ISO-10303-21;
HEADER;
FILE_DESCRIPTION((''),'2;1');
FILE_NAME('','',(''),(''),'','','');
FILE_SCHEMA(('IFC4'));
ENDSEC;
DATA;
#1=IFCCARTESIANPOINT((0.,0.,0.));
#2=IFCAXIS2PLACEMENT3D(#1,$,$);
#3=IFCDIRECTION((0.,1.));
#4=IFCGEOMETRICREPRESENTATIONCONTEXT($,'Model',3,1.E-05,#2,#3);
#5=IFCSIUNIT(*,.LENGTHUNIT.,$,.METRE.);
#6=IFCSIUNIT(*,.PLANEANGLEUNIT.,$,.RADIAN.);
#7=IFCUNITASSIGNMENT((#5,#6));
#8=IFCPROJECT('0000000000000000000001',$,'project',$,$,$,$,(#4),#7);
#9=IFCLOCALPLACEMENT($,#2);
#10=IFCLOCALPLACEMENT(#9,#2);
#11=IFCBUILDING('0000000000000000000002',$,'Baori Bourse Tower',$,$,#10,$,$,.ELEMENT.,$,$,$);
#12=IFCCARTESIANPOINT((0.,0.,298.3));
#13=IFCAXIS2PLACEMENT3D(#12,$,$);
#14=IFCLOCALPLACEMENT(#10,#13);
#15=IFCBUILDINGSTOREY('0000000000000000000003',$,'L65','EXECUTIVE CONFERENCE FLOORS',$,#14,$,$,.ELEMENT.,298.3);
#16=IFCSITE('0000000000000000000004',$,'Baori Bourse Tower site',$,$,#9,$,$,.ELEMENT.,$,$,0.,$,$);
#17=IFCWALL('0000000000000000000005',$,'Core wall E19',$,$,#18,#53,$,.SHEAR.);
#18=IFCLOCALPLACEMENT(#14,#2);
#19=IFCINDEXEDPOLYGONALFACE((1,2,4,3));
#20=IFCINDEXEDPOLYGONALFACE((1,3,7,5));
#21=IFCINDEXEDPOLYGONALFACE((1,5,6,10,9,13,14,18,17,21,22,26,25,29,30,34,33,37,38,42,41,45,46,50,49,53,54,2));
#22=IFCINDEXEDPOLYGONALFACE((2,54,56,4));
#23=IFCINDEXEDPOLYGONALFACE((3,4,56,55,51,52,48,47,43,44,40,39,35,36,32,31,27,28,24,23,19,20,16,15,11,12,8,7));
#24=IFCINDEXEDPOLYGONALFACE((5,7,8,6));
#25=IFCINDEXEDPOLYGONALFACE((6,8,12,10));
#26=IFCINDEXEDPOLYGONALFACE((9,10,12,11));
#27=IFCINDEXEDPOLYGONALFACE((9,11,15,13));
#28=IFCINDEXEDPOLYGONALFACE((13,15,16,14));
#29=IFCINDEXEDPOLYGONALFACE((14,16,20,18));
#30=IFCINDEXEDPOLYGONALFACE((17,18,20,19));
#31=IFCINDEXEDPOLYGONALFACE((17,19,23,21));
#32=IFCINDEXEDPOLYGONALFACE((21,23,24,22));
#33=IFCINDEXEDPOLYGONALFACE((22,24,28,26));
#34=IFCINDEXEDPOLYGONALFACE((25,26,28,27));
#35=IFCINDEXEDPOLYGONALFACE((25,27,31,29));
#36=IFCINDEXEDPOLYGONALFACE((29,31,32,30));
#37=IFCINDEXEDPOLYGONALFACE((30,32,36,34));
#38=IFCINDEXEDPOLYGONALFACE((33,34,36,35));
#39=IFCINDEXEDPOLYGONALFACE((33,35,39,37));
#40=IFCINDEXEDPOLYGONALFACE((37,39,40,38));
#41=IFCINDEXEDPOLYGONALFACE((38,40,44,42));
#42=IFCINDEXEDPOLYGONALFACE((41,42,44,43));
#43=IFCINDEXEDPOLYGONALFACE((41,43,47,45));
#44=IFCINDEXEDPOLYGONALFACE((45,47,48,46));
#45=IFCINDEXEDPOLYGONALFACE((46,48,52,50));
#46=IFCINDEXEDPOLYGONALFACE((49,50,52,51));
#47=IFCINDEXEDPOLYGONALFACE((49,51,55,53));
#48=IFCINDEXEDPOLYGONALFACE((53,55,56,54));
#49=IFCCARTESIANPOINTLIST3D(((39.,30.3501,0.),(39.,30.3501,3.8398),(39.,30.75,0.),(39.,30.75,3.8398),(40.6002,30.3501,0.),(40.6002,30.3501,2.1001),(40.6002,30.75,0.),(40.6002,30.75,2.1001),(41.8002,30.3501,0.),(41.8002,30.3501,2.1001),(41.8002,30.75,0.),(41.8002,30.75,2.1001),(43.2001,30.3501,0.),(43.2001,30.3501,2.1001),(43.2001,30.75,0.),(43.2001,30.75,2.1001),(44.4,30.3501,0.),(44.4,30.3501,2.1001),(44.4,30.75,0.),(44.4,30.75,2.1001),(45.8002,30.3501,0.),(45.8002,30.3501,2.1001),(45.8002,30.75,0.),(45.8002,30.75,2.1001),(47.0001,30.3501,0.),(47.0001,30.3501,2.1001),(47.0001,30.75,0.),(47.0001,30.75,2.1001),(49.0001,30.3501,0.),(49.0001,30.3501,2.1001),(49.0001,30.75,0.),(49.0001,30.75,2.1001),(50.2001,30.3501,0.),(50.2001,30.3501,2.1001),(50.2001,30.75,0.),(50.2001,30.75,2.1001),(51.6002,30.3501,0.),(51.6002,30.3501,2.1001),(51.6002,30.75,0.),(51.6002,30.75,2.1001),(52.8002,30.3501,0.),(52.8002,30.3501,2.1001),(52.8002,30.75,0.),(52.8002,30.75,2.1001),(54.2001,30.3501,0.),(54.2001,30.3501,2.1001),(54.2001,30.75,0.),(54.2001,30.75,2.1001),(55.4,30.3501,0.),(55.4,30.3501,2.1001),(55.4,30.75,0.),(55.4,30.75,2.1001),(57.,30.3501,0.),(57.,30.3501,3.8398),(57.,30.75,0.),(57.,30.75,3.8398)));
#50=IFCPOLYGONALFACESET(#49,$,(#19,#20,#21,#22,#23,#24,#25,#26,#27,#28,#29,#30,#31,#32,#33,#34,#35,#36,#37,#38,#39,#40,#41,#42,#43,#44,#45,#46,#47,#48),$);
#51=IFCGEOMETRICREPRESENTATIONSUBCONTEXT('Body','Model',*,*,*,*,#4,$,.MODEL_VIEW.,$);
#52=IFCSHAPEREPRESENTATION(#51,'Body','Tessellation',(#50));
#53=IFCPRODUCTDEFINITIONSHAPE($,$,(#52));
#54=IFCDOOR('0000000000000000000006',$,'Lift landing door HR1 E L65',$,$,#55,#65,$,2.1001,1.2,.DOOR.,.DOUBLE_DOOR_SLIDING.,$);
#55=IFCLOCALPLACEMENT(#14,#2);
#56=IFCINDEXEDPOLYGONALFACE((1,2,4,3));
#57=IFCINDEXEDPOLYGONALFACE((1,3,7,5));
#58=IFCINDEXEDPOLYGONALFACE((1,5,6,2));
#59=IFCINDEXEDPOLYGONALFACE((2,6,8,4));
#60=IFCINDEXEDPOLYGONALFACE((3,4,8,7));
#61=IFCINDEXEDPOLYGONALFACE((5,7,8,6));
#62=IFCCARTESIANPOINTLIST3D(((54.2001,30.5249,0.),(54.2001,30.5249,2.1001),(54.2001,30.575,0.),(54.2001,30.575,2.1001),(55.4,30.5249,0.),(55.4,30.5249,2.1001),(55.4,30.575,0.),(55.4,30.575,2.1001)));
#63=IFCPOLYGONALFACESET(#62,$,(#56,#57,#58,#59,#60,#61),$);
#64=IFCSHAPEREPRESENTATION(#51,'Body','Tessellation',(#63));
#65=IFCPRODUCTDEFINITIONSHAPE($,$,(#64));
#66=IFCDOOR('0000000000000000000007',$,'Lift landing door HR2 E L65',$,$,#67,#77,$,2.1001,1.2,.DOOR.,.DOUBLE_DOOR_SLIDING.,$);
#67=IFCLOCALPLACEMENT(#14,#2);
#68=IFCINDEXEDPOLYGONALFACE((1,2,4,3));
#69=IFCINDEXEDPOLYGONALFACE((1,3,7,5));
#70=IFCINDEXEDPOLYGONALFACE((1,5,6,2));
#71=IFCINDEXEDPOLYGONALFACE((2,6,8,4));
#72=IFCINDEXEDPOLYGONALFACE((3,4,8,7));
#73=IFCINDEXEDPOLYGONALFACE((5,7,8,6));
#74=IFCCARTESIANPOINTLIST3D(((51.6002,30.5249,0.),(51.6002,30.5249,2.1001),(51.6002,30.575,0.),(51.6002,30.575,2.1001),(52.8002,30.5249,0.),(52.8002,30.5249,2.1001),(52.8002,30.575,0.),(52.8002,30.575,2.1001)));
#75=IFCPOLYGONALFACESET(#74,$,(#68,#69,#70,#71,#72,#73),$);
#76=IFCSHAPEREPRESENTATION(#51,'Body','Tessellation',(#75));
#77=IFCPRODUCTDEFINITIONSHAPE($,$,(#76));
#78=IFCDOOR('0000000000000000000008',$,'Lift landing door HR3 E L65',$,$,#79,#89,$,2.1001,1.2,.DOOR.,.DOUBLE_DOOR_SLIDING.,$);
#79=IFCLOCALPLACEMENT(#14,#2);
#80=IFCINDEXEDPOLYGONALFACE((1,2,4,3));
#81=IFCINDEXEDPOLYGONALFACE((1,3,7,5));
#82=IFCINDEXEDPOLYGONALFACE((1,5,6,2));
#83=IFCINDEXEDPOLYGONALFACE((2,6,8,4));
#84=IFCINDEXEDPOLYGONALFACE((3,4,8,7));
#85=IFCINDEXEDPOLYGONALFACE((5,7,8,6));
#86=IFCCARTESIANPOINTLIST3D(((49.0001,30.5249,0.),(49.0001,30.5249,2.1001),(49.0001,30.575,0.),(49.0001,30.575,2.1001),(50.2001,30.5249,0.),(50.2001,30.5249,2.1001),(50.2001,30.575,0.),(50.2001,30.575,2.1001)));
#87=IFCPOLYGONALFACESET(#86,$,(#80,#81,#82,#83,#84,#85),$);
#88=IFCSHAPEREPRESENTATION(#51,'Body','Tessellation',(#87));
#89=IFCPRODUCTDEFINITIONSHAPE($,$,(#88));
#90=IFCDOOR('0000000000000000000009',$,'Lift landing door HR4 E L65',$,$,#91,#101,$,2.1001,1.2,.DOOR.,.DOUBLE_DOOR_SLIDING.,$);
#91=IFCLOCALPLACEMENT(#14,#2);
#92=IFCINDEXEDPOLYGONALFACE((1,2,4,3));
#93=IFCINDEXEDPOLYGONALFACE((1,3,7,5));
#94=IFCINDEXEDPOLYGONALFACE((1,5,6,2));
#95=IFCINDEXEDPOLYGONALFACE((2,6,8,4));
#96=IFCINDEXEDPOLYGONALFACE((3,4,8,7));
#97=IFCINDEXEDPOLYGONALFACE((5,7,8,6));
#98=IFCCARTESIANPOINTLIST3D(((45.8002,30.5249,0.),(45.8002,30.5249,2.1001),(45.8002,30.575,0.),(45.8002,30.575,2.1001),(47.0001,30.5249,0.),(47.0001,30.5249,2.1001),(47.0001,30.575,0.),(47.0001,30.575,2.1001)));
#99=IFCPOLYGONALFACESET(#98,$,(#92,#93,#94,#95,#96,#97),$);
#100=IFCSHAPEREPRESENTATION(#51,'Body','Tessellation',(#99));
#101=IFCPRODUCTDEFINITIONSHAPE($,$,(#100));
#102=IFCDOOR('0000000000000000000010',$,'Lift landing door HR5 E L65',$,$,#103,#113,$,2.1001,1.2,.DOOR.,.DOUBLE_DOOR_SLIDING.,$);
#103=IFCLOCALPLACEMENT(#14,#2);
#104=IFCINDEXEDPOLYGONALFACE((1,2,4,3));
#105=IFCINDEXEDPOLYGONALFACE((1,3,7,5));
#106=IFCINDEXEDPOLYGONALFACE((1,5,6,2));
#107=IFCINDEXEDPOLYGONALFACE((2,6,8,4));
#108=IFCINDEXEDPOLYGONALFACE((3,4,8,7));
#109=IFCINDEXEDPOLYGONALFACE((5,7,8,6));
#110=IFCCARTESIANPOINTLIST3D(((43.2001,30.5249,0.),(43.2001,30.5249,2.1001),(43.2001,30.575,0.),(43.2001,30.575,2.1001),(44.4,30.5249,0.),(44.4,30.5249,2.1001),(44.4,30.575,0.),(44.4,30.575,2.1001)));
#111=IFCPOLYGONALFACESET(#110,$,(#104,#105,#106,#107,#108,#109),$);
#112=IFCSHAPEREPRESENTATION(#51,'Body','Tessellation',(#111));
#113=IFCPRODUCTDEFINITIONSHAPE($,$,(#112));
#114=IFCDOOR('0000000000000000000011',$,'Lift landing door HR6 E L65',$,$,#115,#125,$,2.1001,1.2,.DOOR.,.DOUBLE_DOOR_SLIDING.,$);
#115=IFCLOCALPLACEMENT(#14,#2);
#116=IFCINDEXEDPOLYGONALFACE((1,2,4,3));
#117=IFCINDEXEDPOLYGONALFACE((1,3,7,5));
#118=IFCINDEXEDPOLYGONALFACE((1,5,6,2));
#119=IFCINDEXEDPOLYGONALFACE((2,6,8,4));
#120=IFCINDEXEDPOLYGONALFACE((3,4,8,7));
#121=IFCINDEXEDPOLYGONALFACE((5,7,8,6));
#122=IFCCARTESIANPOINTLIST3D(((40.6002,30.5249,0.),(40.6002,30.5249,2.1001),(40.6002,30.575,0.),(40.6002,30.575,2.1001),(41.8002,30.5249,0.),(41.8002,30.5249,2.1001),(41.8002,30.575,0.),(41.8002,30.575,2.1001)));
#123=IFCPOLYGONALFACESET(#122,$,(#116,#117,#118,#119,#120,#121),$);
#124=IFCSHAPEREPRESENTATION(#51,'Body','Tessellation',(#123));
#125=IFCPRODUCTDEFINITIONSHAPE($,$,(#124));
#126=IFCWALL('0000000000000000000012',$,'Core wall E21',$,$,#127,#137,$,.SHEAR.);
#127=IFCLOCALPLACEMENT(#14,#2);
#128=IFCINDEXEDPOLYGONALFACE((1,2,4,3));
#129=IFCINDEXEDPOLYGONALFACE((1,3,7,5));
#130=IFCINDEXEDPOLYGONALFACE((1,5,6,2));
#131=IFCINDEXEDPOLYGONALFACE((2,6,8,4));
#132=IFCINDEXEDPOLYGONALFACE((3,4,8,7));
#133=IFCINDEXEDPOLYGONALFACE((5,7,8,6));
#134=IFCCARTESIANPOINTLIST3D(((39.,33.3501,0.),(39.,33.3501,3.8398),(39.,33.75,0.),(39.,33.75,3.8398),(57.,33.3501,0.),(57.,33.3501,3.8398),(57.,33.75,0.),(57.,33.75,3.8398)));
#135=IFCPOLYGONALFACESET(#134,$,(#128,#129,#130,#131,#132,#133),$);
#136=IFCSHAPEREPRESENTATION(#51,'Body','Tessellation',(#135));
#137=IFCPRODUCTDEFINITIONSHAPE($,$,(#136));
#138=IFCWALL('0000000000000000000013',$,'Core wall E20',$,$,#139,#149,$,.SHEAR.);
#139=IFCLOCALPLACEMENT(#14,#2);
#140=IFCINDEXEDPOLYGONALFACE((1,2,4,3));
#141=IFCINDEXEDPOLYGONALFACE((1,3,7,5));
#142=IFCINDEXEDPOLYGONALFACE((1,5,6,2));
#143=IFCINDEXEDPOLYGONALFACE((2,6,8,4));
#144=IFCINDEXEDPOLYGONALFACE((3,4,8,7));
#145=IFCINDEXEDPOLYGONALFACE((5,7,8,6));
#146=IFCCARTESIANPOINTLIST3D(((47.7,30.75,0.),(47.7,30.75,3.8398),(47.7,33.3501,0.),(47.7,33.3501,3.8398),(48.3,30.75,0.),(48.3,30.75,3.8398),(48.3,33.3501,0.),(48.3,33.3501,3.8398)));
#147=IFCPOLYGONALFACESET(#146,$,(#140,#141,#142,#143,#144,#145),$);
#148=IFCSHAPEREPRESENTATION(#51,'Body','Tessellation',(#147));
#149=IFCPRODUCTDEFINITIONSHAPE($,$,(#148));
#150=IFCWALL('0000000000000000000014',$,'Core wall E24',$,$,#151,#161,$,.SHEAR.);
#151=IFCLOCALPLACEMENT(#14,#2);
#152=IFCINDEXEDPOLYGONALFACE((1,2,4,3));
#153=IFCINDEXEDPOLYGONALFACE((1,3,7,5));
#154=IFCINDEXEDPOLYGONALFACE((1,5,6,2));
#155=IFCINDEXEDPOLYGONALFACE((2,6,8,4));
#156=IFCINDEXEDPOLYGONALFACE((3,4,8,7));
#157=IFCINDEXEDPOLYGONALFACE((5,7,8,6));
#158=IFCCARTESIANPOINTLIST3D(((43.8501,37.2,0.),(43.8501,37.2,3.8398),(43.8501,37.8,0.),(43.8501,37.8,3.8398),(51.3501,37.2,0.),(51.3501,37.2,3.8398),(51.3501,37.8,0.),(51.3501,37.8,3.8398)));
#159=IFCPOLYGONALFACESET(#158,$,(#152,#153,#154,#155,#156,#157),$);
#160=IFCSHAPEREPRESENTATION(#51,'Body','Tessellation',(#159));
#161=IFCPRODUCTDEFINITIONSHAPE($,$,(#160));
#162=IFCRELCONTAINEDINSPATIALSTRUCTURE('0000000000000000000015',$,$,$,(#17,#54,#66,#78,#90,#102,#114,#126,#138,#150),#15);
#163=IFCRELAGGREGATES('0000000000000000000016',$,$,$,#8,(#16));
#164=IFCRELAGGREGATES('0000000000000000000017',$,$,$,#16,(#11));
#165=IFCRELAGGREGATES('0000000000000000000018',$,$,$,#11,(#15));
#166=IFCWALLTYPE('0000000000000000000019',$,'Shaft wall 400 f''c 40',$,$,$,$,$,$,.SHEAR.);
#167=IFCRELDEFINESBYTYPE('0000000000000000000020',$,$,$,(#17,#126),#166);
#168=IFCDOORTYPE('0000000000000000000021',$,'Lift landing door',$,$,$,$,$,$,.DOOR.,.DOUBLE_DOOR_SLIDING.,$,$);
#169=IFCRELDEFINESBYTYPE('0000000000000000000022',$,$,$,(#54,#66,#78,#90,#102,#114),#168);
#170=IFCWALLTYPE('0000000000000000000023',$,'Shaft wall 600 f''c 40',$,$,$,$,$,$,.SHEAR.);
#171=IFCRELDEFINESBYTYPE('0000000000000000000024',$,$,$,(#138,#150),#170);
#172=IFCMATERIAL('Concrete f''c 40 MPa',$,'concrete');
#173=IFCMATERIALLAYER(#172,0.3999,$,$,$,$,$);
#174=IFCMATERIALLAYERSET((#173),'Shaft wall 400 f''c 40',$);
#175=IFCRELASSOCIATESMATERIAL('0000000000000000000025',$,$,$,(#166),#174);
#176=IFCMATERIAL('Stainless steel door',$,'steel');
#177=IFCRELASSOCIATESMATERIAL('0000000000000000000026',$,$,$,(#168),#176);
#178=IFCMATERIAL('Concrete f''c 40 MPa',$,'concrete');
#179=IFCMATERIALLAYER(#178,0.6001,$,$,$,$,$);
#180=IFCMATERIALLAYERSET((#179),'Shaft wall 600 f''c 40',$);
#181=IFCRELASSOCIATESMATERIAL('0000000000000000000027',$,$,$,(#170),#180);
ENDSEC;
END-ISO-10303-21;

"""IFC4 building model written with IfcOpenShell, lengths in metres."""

from ifc_helpers import new_model, si_unit, direction, frame, frame_2d, origin, place, context, subcontext, project, spatial, rectangle, extrude, material, layer, layer_set, type_object, element, fill, save


model = new_model("IFC4")

# Units and contexts
model_context = context("Model", 3, precision=1e-05, world=origin(), true_north=direction((0.0, 1.0)))
body_context = subcontext(model_context, "Body", "Model", "MODEL_VIEW")
ifc_project = project(units=[si_unit("LENGTHUNIT", "METRE"), si_unit("PLANEANGLEUNIT", "RADIAN")], contexts=[model_context])

# Site, building, storey
site_placement = place(None, origin())
site = spatial("IfcSite", under=ifc_project, at=site_placement, Name="Baori Bourse Tower site", CompositionType="ELEMENT", RefElevation=0.0)
building_placement = place(site_placement, origin())
building = spatial("IfcBuilding", under=site, at=building_placement, Name="Baori Bourse Tower", CompositionType="ELEMENT")
storey_placement = place(building_placement, frame((0.0, 0.0, 298.3)))
storey = spatial("IfcBuildingStorey", under=building, at=storey_placement, Name="L65", Description="EXECUTIVE CONFERENCE FLOORS", CompositionType="ELEMENT", Elevation=298.3)

# Wall, openings, doors
ifc_material_1 = material(Name="Concrete f'c 40 MPa", Category="concrete")
ifc_layer_1 = layer(ifc_material_1, 0.3999)
ifc_layer_set_1 = layer_set([ifc_layer_1], Name="Shaft wall 400 f'c 40")
wall_type_1 = type_object("IfcWallType", Name="Shaft wall 400 f'c 40", PredefinedType="SHEAR", material=ifc_layer_set_1)
ifc_material_2 = material(Name="Stainless steel door", Category="steel")
door_type_1 = type_object("IfcDoorType", Name="Lift landing door", OperationType="DOUBLE_DOOR_SLIDING", PredefinedType="DOOR", material=ifc_material_2)
wall_1_placement = place(storey_placement, frame((39.0, 30.55, 0.0), z_axis=(0.0, 0.0, 1.0), x_axis=(1.0, 0.0, 0.0)))
wall_1 = element("IfcWall", 1, at=wall_1_placement, inside=storey, type_object=wall_type_1, Name="Core wall E19", PredefinedType="SHEAR", context=body_context, shape_type="SweptSolid", body=[
    extrude(rectangle(XDim=18.0, YDim=0.3999, at=frame_2d((9.0, 0.0))), origin(), (0.0, 0.0, 1.0), 3.8398),
])
opening_1_placement = place(wall_1_placement, frame((15.2, 0.0, 0.0)))
opening_1 = element("IfcOpeningElement", 2, at=opening_1_placement, cuts=wall_1, PredefinedType="OPENING", context=body_context, shape_type="SweptSolid", body=[
    extrude(rectangle(XDim=1.2, YDim=2.1001, at=frame_2d((0.6001, 1.05))), frame((0.0, 0.21, 0.0), z_axis=(0.0, -1.0, 0.0), x_axis=(1.0, 0.0, 0.0)), (0.0, 0.0, 1.0), 0.4199),
])
opening_2_placement = place(wall_1_placement, frame((12.6001, 0.0, 0.0)))
opening_2 = element("IfcOpeningElement", 3, at=opening_2_placement, cuts=wall_1, PredefinedType="OPENING", context=body_context, shape_type="SweptSolid", body=[
    extrude(rectangle(XDim=1.2, YDim=2.1001, at=frame_2d((0.6001, 1.05))), frame((0.0, 0.21, 0.0), z_axis=(0.0, -1.0, 0.0), x_axis=(1.0, 0.0, 0.0)), (0.0, 0.0, 1.0), 0.4199),
])
opening_3_placement = place(wall_1_placement, frame((10.0, 0.0, 0.0)))
opening_3 = element("IfcOpeningElement", 4, at=opening_3_placement, cuts=wall_1, PredefinedType="OPENING", context=body_context, shape_type="SweptSolid", body=[
    extrude(rectangle(XDim=1.2, YDim=2.1001, at=frame_2d((0.6001, 1.05))), frame((0.0, 0.21, 0.0), z_axis=(0.0, -1.0, 0.0), x_axis=(1.0, 0.0, 0.0)), (0.0, 0.0, 1.0), 0.4199),
])
opening_4_placement = place(wall_1_placement, frame((6.8, 0.0, 0.0)))
opening_4 = element("IfcOpeningElement", 5, at=opening_4_placement, cuts=wall_1, PredefinedType="OPENING", context=body_context, shape_type="SweptSolid", body=[
    extrude(rectangle(XDim=1.2, YDim=2.1001, at=frame_2d((0.6001, 1.05))), frame((0.0, 0.21, 0.0), z_axis=(0.0, -1.0, 0.0), x_axis=(1.0, 0.0, 0.0)), (0.0, 0.0, 1.0), 0.4199),
])
opening_5_placement = place(wall_1_placement, frame((4.2, 0.0, 0.0)))
opening_5 = element("IfcOpeningElement", 6, at=opening_5_placement, cuts=wall_1, PredefinedType="OPENING", context=body_context, shape_type="SweptSolid", body=[
    extrude(rectangle(XDim=1.2, YDim=2.1001, at=frame_2d((0.6001, 1.05))), frame((0.0, 0.21, 0.0), z_axis=(0.0, -1.0, 0.0), x_axis=(1.0, 0.0, 0.0)), (0.0, 0.0, 1.0), 0.4199),
])
opening_6_placement = place(wall_1_placement, frame((1.6001, 0.0, 0.0)))
opening_6 = element("IfcOpeningElement", 7, at=opening_6_placement, cuts=wall_1, PredefinedType="OPENING", context=body_context, shape_type="SweptSolid", body=[
    extrude(rectangle(XDim=1.2, YDim=2.1001, at=frame_2d((0.6001, 1.05))), frame((0.0, 0.21, 0.0), z_axis=(0.0, -1.0, 0.0), x_axis=(1.0, 0.0, 0.0)), (0.0, 0.0, 1.0), 0.4199),
])
door_1_placement = place(opening_1_placement, origin())
door_1 = element("IfcDoor", 8, at=door_1_placement, inside=storey, type_object=door_type_1, Name="Lift landing door HR1 E L65", OperationType="DOUBLE_DOOR_SLIDING", OverallHeight=2.1001, OverallWidth=1.2, PredefinedType="DOOR", context=body_context, shape_type="SweptSolid", body=[
    extrude(rectangle(XDim=1.2, YDim=2.1001, at=frame_2d((0.6001, 1.05))), frame((0.0, 0.0249, 0.0), z_axis=(0.0, -1.0, 0.0), x_axis=(1.0, 0.0, 0.0)), (0.0, 0.0, 1.0), 0.05),
])
fill(opening_1, door_1)
door_2_placement = place(opening_2_placement, origin())
door_2 = element("IfcDoor", 9, at=door_2_placement, inside=storey, type_object=door_type_1, Name="Lift landing door HR2 E L65", OperationType="DOUBLE_DOOR_SLIDING", OverallHeight=2.1001, OverallWidth=1.2, PredefinedType="DOOR", context=body_context, shape_type="SweptSolid", body=[
    extrude(rectangle(XDim=1.2, YDim=2.1001, at=frame_2d((0.6001, 1.05))), frame((0.0, 0.0249, 0.0), z_axis=(0.0, -1.0, 0.0), x_axis=(1.0, 0.0, 0.0)), (0.0, 0.0, 1.0), 0.05),
])
fill(opening_2, door_2)
door_3_placement = place(opening_3_placement, origin())
door_3 = element("IfcDoor", 10, at=door_3_placement, inside=storey, type_object=door_type_1, Name="Lift landing door HR3 E L65", OperationType="DOUBLE_DOOR_SLIDING", OverallHeight=2.1001, OverallWidth=1.2, PredefinedType="DOOR", context=body_context, shape_type="SweptSolid", body=[
    extrude(rectangle(XDim=1.2, YDim=2.1001, at=frame_2d((0.6001, 1.05))), frame((0.0, 0.0249, 0.0), z_axis=(0.0, -1.0, 0.0), x_axis=(1.0, 0.0, 0.0)), (0.0, 0.0, 1.0), 0.05),
])
fill(opening_3, door_3)
door_4_placement = place(opening_4_placement, origin())
door_4 = element("IfcDoor", 11, at=door_4_placement, inside=storey, type_object=door_type_1, Name="Lift landing door HR4 E L65", OperationType="DOUBLE_DOOR_SLIDING", OverallHeight=2.1001, OverallWidth=1.2, PredefinedType="DOOR", context=body_context, shape_type="SweptSolid", body=[
    extrude(rectangle(XDim=1.2, YDim=2.1001, at=frame_2d((0.6001, 1.05))), frame((0.0, 0.0249, 0.0), z_axis=(0.0, -1.0, 0.0), x_axis=(1.0, 0.0, 0.0)), (0.0, 0.0, 1.0), 0.05),
])
fill(opening_4, door_4)
door_5_placement = place(opening_5_placement, origin())
door_5 = element("IfcDoor", 12, at=door_5_placement, inside=storey, type_object=door_type_1, Name="Lift landing door HR5 E L65", OperationType="DOUBLE_DOOR_SLIDING", OverallHeight=2.1001, OverallWidth=1.2, PredefinedType="DOOR", context=body_context, shape_type="SweptSolid", body=[
    extrude(rectangle(XDim=1.2, YDim=2.1001, at=frame_2d((0.6001, 1.05))), frame((0.0, 0.0249, 0.0), z_axis=(0.0, -1.0, 0.0), x_axis=(1.0, 0.0, 0.0)), (0.0, 0.0, 1.0), 0.05),
])
fill(opening_5, door_5)
door_6_placement = place(opening_6_placement, origin())
door_6 = element("IfcDoor", 13, at=door_6_placement, inside=storey, type_object=door_type_1, Name="Lift landing door HR6 E L65", OperationType="DOUBLE_DOOR_SLIDING", OverallHeight=2.1001, OverallWidth=1.2, PredefinedType="DOOR", context=body_context, shape_type="SweptSolid", body=[
    extrude(rectangle(XDim=1.2, YDim=2.1001, at=frame_2d((0.6001, 1.05))), frame((0.0, 0.0249, 0.0), z_axis=(0.0, -1.0, 0.0), x_axis=(1.0, 0.0, 0.0)), (0.0, 0.0, 1.0), 0.05),
])
fill(opening_6, door_6)

# Walls
wall_2_placement = place(storey_placement, frame((39.0, 33.55, 0.0), z_axis=(0.0, 0.0, 1.0), x_axis=(1.0, 0.0, 0.0)))
element("IfcWall", 14, at=wall_2_placement, inside=storey, type_object=wall_type_1, Name="Core wall E21", PredefinedType="SHEAR", context=body_context, shape_type="SweptSolid", body=[
    extrude(rectangle(XDim=18.0, YDim=0.3999, at=frame_2d((9.0, 0.0))), origin(), (0.0, 0.0, 1.0), 3.8398),
])
ifc_material_3 = material(Name="Concrete f'c 40 MPa", Category="concrete")
ifc_layer_2 = layer(ifc_material_3, 0.6001)
ifc_layer_set_2 = layer_set([ifc_layer_2], Name="Shaft wall 600 f'c 40")
wall_type_2 = type_object("IfcWallType", Name="Shaft wall 600 f'c 40", PredefinedType="SHEAR", material=ifc_layer_set_2)
wall_3_placement = place(storey_placement, frame((48.0, 30.75, 0.0), z_axis=(0.0, 0.0, 1.0), x_axis=(0.0, 1.0, 0.0)))
element("IfcWall", 15, at=wall_3_placement, inside=storey, type_object=wall_type_2, Name="Core wall E20", PredefinedType="SHEAR", context=body_context, shape_type="SweptSolid", body=[
    extrude(rectangle(XDim=2.6001, YDim=0.6001, at=frame_2d((1.3, 0.0))), origin(), (0.0, 0.0, 1.0), 3.8398),
])
wall_4_placement = place(storey_placement, frame((43.8501, 37.5, 0.0), z_axis=(0.0, 0.0, 1.0), x_axis=(1.0, 0.0, 0.0)))
element("IfcWall", 16, at=wall_4_placement, inside=storey, type_object=wall_type_2, Name="Core wall E24", PredefinedType="SHEAR", context=body_context, shape_type="SweptSolid", body=[
    extrude(rectangle(XDim=7.5, YDim=0.6001, at=frame_2d((3.75, 0.0))), origin(), (0.0, 0.0, 1.0), 3.8398),
])

save(model, "model.ifc")
